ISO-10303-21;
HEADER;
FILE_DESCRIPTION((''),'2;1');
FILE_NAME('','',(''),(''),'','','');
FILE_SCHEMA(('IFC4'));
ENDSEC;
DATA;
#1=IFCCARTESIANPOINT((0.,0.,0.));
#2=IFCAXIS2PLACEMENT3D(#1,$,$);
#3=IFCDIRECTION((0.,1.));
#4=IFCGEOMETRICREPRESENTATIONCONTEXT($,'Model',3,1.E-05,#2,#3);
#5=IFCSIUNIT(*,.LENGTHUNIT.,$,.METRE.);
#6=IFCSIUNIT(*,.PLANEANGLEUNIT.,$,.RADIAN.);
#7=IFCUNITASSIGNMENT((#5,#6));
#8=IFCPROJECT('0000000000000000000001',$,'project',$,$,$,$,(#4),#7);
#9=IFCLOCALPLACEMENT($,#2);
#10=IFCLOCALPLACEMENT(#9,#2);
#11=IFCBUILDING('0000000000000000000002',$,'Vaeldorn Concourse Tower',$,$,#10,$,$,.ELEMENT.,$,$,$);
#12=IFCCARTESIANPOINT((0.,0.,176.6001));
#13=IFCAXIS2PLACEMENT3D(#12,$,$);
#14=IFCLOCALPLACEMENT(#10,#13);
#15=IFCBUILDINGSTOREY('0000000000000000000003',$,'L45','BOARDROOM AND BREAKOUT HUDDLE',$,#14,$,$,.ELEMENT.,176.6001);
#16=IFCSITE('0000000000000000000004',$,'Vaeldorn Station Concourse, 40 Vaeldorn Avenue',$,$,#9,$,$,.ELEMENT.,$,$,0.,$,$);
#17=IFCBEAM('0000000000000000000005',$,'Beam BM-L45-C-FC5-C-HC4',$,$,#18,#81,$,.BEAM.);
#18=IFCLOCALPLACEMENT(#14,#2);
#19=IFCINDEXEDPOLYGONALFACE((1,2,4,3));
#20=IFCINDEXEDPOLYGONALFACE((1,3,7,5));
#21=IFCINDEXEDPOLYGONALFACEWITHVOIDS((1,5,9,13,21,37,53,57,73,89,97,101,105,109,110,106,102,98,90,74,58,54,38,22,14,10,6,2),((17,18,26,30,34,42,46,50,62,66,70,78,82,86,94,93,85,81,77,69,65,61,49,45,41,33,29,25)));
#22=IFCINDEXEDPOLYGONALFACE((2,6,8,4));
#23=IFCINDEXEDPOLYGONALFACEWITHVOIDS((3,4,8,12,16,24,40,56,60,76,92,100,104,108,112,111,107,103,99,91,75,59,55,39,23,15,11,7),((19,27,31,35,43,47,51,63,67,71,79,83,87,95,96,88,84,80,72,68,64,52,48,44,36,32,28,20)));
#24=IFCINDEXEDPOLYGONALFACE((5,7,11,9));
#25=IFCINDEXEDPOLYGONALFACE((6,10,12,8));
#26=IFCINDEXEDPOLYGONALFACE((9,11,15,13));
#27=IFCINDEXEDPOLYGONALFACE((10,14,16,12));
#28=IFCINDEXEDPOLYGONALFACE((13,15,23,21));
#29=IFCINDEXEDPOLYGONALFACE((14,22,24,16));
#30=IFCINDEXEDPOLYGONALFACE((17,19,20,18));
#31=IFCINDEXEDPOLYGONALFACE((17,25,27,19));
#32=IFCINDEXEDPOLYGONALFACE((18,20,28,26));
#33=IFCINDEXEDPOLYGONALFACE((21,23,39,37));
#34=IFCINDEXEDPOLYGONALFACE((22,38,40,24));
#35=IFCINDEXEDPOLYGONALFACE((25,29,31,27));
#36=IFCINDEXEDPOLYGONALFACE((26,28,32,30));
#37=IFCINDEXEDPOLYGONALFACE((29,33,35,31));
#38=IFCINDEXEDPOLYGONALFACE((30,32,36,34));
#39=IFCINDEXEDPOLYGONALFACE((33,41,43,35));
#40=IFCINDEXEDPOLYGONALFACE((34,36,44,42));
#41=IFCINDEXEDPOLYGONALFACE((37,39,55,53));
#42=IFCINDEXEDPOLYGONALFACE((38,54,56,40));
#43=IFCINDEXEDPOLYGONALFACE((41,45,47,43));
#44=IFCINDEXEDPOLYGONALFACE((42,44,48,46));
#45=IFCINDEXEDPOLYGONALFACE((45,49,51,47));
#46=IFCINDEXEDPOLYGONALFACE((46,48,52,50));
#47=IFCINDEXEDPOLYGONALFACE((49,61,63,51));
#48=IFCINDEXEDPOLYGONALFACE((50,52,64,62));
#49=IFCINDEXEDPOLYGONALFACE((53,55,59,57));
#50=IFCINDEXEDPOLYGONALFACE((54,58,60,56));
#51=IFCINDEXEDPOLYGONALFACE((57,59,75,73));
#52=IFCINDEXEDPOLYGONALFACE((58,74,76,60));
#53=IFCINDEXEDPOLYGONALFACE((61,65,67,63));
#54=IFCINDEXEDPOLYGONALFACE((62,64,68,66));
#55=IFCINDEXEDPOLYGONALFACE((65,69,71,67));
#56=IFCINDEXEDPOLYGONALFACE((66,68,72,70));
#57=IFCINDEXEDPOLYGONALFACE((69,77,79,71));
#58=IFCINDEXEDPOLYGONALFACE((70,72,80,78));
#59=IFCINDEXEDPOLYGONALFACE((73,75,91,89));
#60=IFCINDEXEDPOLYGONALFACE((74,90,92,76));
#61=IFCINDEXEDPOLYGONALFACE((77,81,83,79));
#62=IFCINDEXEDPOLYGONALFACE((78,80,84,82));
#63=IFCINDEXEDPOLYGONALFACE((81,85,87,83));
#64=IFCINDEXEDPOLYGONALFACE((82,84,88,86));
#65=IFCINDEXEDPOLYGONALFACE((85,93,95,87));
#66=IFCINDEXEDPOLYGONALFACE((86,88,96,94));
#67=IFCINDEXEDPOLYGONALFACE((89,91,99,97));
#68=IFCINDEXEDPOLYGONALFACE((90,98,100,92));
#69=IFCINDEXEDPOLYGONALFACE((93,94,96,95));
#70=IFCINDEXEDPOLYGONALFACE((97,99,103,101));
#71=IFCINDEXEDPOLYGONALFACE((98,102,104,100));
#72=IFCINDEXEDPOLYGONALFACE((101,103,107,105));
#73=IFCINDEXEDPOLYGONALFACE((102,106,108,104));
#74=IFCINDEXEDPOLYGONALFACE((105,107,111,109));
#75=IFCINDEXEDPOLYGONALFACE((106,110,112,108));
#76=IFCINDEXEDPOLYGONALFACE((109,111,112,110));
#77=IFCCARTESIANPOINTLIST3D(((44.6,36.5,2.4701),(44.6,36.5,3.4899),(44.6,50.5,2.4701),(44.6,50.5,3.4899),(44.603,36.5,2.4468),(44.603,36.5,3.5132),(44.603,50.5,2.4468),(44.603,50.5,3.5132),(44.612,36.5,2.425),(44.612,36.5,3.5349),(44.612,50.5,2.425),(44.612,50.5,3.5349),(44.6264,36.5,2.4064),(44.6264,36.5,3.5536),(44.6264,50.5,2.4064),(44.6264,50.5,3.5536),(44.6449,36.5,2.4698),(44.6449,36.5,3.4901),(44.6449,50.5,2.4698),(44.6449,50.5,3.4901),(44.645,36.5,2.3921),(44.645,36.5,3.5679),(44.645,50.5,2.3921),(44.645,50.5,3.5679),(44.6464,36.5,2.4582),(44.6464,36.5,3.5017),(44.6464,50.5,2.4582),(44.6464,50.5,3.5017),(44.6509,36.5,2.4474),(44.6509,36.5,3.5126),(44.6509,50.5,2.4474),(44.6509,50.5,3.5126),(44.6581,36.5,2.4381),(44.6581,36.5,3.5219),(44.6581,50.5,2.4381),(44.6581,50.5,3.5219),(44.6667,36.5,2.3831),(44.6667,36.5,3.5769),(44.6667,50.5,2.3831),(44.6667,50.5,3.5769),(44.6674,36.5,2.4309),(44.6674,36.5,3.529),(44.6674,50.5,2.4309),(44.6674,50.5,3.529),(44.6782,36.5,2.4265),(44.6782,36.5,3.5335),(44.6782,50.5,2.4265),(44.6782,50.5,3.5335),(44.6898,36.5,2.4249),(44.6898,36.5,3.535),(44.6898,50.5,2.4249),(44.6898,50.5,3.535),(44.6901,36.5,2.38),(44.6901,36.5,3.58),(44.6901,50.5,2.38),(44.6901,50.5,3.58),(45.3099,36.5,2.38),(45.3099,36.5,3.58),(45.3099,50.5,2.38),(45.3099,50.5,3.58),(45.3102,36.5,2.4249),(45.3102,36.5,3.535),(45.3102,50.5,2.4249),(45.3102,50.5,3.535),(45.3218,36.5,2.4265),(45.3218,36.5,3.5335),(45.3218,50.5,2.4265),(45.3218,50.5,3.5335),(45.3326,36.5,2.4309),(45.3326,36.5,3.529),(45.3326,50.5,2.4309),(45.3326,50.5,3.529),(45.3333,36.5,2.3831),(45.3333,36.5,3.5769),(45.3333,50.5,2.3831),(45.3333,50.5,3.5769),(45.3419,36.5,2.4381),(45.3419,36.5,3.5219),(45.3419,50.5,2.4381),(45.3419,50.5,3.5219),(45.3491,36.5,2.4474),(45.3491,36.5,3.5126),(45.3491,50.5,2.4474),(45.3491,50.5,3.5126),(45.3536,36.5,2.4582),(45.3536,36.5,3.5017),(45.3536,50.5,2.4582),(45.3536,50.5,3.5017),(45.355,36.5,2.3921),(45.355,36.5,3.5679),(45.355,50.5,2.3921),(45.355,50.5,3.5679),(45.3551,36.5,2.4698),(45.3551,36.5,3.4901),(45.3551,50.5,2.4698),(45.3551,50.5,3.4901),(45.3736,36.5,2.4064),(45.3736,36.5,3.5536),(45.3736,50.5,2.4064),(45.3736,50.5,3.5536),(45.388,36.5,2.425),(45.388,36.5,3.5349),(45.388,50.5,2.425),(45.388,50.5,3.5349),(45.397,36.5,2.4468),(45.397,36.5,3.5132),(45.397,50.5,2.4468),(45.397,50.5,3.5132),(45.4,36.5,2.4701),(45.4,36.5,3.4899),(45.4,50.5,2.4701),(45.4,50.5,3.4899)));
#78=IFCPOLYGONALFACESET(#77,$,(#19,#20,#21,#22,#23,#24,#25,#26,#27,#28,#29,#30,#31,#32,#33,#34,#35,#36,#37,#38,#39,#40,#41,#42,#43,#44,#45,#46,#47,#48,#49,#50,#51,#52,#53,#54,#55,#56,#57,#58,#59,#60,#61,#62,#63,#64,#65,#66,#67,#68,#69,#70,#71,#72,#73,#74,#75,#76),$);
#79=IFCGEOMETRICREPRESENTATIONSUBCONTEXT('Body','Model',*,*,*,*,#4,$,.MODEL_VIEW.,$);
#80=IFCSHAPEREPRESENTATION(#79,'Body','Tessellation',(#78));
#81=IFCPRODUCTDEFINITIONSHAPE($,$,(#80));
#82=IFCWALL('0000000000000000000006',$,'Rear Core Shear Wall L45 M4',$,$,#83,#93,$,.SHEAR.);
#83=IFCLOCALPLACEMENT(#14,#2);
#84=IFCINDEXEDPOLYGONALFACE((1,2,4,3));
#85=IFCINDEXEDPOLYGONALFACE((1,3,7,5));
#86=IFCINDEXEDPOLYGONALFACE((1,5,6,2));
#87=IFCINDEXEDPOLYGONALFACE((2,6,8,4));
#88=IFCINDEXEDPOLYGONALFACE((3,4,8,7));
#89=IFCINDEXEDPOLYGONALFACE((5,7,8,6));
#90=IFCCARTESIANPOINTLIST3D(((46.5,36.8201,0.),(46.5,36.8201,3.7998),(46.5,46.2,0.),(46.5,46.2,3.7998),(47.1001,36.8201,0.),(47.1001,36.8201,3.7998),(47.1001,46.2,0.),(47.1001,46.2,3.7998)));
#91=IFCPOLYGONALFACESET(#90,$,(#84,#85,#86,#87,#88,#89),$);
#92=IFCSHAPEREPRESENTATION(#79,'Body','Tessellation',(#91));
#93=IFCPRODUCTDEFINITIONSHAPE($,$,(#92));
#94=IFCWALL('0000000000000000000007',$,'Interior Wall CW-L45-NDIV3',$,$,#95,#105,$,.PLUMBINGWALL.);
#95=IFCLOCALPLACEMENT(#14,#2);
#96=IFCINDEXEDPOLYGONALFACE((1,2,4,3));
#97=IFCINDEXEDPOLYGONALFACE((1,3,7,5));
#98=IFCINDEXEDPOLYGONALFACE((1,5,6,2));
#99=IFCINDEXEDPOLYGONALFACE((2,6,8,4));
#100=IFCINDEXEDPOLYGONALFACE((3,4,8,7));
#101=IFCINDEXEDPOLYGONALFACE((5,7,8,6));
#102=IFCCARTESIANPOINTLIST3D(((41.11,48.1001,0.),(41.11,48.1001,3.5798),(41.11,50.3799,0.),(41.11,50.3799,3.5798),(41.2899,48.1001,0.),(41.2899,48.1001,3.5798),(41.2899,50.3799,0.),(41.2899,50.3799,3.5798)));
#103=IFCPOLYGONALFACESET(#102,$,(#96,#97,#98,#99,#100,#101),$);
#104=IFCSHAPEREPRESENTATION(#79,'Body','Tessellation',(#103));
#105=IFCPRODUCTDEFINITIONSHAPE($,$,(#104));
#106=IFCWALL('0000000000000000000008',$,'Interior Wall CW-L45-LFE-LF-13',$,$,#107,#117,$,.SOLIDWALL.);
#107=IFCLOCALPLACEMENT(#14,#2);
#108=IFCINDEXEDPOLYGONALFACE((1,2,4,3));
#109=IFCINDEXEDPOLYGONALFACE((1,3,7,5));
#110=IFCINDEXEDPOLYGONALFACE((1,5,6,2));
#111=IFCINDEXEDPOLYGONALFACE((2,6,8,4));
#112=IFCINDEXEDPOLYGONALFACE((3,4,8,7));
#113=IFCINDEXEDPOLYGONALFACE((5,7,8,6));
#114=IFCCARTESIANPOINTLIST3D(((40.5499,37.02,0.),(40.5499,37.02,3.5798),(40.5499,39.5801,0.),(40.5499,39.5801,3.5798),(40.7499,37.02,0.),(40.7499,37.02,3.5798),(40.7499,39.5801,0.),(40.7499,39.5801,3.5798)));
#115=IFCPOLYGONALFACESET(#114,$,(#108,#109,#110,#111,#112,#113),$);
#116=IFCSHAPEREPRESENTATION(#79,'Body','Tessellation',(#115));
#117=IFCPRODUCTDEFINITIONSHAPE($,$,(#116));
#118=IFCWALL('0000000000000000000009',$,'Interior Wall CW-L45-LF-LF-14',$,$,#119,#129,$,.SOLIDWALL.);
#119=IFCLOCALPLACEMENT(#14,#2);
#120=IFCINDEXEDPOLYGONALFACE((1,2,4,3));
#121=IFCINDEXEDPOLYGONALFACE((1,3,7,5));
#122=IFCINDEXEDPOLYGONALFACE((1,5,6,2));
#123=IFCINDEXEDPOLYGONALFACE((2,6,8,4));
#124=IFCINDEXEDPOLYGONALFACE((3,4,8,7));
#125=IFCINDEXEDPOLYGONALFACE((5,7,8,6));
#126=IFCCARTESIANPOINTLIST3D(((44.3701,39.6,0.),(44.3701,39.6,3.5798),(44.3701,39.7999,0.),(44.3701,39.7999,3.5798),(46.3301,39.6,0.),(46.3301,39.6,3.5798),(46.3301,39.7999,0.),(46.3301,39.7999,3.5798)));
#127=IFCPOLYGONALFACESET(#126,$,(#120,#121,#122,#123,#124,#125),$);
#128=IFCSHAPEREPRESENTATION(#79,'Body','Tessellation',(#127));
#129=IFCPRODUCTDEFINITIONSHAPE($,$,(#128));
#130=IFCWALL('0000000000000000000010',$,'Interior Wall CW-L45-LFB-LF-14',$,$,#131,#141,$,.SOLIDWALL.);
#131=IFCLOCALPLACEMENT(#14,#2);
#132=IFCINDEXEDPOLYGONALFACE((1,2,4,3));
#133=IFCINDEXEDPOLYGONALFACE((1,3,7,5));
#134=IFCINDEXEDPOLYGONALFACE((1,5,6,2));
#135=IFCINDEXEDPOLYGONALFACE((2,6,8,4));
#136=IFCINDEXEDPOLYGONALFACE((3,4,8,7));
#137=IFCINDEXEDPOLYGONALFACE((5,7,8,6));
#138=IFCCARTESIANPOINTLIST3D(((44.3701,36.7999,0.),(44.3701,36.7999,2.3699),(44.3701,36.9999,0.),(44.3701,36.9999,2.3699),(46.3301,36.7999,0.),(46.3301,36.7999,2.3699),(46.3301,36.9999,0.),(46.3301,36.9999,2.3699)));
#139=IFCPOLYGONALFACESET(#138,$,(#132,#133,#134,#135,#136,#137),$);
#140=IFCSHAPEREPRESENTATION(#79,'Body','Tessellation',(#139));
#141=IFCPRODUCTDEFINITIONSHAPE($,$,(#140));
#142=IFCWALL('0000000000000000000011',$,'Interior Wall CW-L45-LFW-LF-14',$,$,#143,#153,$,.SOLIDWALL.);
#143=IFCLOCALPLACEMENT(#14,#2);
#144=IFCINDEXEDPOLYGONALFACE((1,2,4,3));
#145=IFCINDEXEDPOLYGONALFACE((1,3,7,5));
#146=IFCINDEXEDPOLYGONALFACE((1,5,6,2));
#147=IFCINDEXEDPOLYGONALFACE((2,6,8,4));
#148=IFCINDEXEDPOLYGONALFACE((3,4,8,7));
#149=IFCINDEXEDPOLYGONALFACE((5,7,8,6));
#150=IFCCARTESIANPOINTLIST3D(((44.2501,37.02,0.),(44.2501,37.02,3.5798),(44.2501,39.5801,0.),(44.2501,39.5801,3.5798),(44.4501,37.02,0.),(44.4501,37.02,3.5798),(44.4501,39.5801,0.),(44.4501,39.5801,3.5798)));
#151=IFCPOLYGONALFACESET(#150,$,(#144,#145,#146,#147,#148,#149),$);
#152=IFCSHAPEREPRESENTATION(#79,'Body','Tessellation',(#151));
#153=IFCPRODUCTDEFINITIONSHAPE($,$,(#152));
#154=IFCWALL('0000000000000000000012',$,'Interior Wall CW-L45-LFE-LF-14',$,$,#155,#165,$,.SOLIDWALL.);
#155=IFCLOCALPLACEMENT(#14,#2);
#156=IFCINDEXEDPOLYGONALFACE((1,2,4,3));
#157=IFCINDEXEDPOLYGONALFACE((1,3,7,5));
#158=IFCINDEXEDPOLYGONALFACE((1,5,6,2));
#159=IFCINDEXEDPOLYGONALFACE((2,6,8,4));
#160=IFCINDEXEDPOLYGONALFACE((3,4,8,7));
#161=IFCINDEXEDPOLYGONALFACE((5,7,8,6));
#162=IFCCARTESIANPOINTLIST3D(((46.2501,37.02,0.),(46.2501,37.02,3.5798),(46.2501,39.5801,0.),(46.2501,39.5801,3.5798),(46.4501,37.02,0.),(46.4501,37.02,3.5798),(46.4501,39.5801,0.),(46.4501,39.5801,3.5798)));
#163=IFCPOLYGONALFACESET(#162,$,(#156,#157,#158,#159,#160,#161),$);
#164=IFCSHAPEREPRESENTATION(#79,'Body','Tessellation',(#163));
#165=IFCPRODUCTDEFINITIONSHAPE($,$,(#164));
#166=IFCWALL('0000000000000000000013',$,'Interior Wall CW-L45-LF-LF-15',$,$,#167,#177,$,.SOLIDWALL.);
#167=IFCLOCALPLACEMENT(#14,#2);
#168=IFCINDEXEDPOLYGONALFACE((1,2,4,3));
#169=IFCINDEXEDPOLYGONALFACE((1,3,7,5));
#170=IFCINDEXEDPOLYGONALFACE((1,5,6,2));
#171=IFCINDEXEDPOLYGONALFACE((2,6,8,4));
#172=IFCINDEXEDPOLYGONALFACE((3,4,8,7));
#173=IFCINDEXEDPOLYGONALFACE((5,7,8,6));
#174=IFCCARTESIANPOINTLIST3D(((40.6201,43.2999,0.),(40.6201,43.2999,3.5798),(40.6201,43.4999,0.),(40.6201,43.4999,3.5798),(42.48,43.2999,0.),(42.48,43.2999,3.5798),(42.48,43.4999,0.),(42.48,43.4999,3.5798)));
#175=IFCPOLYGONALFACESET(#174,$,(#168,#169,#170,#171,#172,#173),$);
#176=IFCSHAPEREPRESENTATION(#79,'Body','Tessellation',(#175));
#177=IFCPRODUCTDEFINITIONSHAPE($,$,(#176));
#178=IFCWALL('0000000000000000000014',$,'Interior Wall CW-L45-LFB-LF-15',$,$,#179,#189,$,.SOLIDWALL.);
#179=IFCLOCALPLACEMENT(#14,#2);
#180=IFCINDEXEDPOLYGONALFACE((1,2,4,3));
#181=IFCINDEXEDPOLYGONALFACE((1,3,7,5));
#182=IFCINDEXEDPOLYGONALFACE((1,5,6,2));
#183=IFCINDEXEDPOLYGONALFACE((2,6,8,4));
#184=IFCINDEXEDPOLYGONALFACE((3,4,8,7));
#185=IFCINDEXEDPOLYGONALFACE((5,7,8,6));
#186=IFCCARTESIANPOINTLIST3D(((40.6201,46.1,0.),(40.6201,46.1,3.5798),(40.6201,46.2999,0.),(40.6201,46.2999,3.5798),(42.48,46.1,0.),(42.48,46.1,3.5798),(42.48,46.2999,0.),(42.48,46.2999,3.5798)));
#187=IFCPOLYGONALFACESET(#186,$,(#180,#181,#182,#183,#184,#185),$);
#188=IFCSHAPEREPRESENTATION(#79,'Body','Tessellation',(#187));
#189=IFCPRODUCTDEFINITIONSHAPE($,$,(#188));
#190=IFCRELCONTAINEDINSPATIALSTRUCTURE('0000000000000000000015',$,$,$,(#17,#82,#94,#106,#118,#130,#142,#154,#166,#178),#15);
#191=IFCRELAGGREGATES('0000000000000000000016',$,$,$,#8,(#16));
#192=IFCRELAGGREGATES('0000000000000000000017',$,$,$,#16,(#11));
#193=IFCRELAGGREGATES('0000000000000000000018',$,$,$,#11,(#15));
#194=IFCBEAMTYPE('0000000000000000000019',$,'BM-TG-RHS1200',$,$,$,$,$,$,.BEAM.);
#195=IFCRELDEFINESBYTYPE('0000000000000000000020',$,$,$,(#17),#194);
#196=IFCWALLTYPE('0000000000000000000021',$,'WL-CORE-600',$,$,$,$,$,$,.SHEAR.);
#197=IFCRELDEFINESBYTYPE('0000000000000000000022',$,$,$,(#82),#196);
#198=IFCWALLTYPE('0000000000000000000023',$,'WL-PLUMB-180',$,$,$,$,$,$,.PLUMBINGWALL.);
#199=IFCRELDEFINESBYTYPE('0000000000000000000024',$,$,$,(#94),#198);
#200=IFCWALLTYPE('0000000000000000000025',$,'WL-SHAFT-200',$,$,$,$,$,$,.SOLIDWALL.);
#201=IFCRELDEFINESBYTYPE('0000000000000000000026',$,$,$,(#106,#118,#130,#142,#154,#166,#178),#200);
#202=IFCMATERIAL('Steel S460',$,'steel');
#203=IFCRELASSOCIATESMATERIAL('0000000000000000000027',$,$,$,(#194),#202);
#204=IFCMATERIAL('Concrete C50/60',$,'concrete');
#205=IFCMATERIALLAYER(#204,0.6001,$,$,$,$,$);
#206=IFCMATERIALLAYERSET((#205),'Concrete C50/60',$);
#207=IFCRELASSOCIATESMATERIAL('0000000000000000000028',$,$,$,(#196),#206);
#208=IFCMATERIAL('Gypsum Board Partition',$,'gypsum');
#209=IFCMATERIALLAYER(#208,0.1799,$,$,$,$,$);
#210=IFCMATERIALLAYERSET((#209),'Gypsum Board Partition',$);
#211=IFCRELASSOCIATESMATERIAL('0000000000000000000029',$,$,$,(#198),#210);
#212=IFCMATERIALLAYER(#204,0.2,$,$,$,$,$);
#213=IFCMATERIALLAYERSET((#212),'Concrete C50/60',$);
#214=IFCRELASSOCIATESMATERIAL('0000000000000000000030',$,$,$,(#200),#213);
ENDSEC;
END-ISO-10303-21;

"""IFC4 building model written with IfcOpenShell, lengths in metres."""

from ifc_helpers import new_model, si_unit, direction, frame, frame_2d, origin, origin_2d, place, context, subcontext, project, spatial, rectangle, hollow_rectangle, extrude, source, transform, mapped, material, layer, layer_set, material_profile, profile_set, type_object, element, save


model = new_model("IFC4")

# Units and contexts
model_context = context("Model", 3, precision=1e-05, world=origin(), true_north=direction((0.0, 1.0)))
body_context = subcontext(model_context, "Body", "Model", "MODEL_VIEW")
ifc_project = project(units=[si_unit("LENGTHUNIT", "METRE"), si_unit("PLANEANGLEUNIT", "RADIAN")], contexts=[model_context])

# Site, building, storey
site_placement = place(None, origin())
site = spatial("IfcSite", under=ifc_project, at=site_placement, Name="Vaeldorn Station Concourse, 40 Vaeldorn Avenue", CompositionType="ELEMENT", RefElevation=0.0)
building_placement = place(site_placement, origin())
building = spatial("IfcBuilding", under=site, at=building_placement, Name="Vaeldorn Concourse Tower", CompositionType="ELEMENT")
storey_placement = place(building_placement, frame((0.0, 0.0, 176.6001)))
storey = spatial("IfcBuildingStorey", under=building, at=storey_placement, Name="L45", Description="BOARDROOM AND BREAKOUT HUDDLE", CompositionType="ELEMENT", Elevation=176.6001)

# Shared definitions
ifc_material_1 = material(Name="Steel S460", Category="steel")

# Beam
ifc_material_2 = material(Name="Concrete C50/60", Category="concrete")
ifc_material_profile_1 = material_profile(ifc_material_1, hollow_rectangle(XDim=0.8, YDim=1.2, WallThickness=0.0449, InnerFilletRadius=0.0449, OuterFilletRadius=0.0901, at=origin_2d()), Name="RHS 1200x800x45")
ifc_profile_set_1 = profile_set([ifc_material_profile_1], Name="Steel S460")
beam_type_1 = type_object("IfcBeamType", Name="BM-TG-RHS1200", PredefinedType="BEAM", material=ifc_profile_set_1)
shared_shape_1 = source(origin(), body_context, "Body", "SweptSolid", [
    extrude(hollow_rectangle(XDim=0.8, YDim=1.2, WallThickness=0.0449, InnerFilletRadius=0.0449, OuterFilletRadius=0.0901, at=origin_2d()), origin(), (0.0, 0.0, 1.0), 14.0),
])
beam_1_placement = place(storey_placement, frame((45.0, 36.5, 2.98), z_axis=(0.0, 1.0, 0.0), x_axis=(-1.0, 0.0, 0.0)))
element("IfcBeam", 1, at=beam_1_placement, inside=storey, type_object=beam_type_1, Name="Beam BM-L45-C-FC5-C-HC4", PredefinedType="BEAM", context=body_context, shape_type="MappedRepresentation", body=[
    mapped(shared_shape_1, transform((0.0, 0.0, 0.0), scale=1.0)),
])

# Walls
ifc_layer_1 = layer(ifc_material_2, 0.6001)
ifc_layer_set_1 = layer_set([ifc_layer_1], Name="Concrete C50/60")
wall_type_1 = type_object("IfcWallType", Name="WL-CORE-600", PredefinedType="SHEAR", material=ifc_layer_set_1)
wall_1_placement = place(storey_placement, frame((46.8, 36.8201, 0.0), z_axis=(0.0, 0.0, 1.0), x_axis=(0.0, 1.0, 0.0)))
element("IfcWall", 2, at=wall_1_placement, inside=storey, type_object=wall_type_1, Name="Rear Core Shear Wall L45 M4", PredefinedType="SHEAR", context=body_context, shape_type="SweptSolid", body=[
    extrude(rectangle(XDim=9.3799, YDim=0.6001, at=frame_2d((4.6899, 0.0))), origin(), (0.0, 0.0, 1.0), 3.7998),
])
ifc_material_3 = material(Name="Gypsum Board Partition", Category="gypsum")
ifc_layer_2 = layer(ifc_material_3, 0.1799)
ifc_layer_set_2 = layer_set([ifc_layer_2], Name="Gypsum Board Partition")
wall_type_2 = type_object("IfcWallType", Name="WL-PLUMB-180", PredefinedType="PLUMBINGWALL", material=ifc_layer_set_2)
wall_2_placement = place(storey_placement, frame((41.2, 48.1001, 0.0), z_axis=(0.0, 0.0, 1.0), x_axis=(0.0, 1.0, 0.0)))
element("IfcWall", 3, at=wall_2_placement, inside=storey, type_object=wall_type_2, Name="Interior Wall CW-L45-NDIV3", PredefinedType="PLUMBINGWALL", context=body_context, shape_type="SweptSolid", body=[
    extrude(rectangle(XDim=2.2798, YDim=0.1799, at=frame_2d((1.1399, 0.0))), origin(), (0.0, 0.0, 1.0), 3.5798),
])
ifc_layer_3 = layer(ifc_material_2, 0.2)
ifc_layer_set_3 = layer_set([ifc_layer_3], Name="Concrete C50/60")
wall_type_3 = type_object("IfcWallType", Name="WL-SHAFT-200", PredefinedType="SOLIDWALL", material=ifc_layer_set_3)
wall_3_placement = place(storey_placement, frame((40.6499, 37.02, 0.0), z_axis=(0.0, 0.0, 1.0), x_axis=(0.0, 1.0, 0.0)))
element("IfcWall", 4, at=wall_3_placement, inside=storey, type_object=wall_type_3, Name="Interior Wall CW-L45-LFE-LF-13", PredefinedType="SOLIDWALL", context=body_context, shape_type="SweptSolid", body=[
    extrude(rectangle(XDim=2.5601, YDim=0.2, at=frame_2d((1.28, 0.0))), origin(), (0.0, 0.0, 1.0), 3.5798),
])
wall_4_placement = place(storey_placement, frame((44.3701, 39.7, 0.0), z_axis=(0.0, 0.0, 1.0), x_axis=(1.0, 0.0, 0.0)))
element("IfcWall", 5, at=wall_4_placement, inside=storey, type_object=wall_type_3, Name="Interior Wall CW-L45-LF-LF-14", PredefinedType="SOLIDWALL", context=body_context, shape_type="SweptSolid", body=[
    extrude(rectangle(XDim=1.96, YDim=0.2, at=frame_2d((0.98, 0.0))), origin(), (0.0, 0.0, 1.0), 3.5798),
])
wall_5_placement = place(storey_placement, frame((44.3701, 36.8999, 0.0), z_axis=(0.0, 0.0, 1.0), x_axis=(1.0, 0.0, 0.0)))
element("IfcWall", 6, at=wall_5_placement, inside=storey, type_object=wall_type_3, Name="Interior Wall CW-L45-LFB-LF-14", PredefinedType="SOLIDWALL", context=body_context, shape_type="SweptSolid", body=[
    extrude(rectangle(XDim=1.96, YDim=0.2, at=frame_2d((0.98, 0.0))), origin(), (0.0, 0.0, 1.0), 2.3699),
])
for number, where, z_axis, x_axis, name in (
    (7, (44.3501, 37.02, 0.0), (0.0, 0.0, 1.0), (0.0, 1.0, 0.0), "Interior Wall CW-L45-LFW-LF-14"),
    (8, (46.3501, 37.02, 0.0), (0.0, 0.0, 1.0), (0.0, 1.0, 0.0), "Interior Wall CW-L45-LFE-LF-14"),
):
    element("IfcWall", number, at=place(storey_placement, frame(where, z_axis=z_axis, x_axis=x_axis)), inside=storey, type_object=wall_type_3, Name=name, PredefinedType="SOLIDWALL", context=body_context, shape_type="SweptSolid", body=[
        extrude(rectangle(XDim=2.5601, YDim=0.2, at=frame_2d((1.28, 0.0))), origin(), (0.0, 0.0, 1.0), 3.5798),
    ])
for number, where, z_axis, x_axis, name in (
    (9, (40.6201, 43.3999, 0.0), (0.0, 0.0, 1.0), (1.0, 0.0, 0.0), "Interior Wall CW-L45-LF-LF-15"),
    (10, (40.6201, 46.2, 0.0), (0.0, 0.0, 1.0), (1.0, 0.0, 0.0), "Interior Wall CW-L45-LFB-LF-15"),
):
    element("IfcWall", number, at=place(storey_placement, frame(where, z_axis=z_axis, x_axis=x_axis)), inside=storey, type_object=wall_type_3, Name=name, PredefinedType="SOLIDWALL", context=body_context, shape_type="SweptSolid", body=[
        extrude(rectangle(XDim=1.8599, YDim=0.2, at=frame_2d((0.9299, 0.0))), origin(), (0.0, 0.0, 1.0), 3.5798),
    ])

save(model, "model.ifc")
